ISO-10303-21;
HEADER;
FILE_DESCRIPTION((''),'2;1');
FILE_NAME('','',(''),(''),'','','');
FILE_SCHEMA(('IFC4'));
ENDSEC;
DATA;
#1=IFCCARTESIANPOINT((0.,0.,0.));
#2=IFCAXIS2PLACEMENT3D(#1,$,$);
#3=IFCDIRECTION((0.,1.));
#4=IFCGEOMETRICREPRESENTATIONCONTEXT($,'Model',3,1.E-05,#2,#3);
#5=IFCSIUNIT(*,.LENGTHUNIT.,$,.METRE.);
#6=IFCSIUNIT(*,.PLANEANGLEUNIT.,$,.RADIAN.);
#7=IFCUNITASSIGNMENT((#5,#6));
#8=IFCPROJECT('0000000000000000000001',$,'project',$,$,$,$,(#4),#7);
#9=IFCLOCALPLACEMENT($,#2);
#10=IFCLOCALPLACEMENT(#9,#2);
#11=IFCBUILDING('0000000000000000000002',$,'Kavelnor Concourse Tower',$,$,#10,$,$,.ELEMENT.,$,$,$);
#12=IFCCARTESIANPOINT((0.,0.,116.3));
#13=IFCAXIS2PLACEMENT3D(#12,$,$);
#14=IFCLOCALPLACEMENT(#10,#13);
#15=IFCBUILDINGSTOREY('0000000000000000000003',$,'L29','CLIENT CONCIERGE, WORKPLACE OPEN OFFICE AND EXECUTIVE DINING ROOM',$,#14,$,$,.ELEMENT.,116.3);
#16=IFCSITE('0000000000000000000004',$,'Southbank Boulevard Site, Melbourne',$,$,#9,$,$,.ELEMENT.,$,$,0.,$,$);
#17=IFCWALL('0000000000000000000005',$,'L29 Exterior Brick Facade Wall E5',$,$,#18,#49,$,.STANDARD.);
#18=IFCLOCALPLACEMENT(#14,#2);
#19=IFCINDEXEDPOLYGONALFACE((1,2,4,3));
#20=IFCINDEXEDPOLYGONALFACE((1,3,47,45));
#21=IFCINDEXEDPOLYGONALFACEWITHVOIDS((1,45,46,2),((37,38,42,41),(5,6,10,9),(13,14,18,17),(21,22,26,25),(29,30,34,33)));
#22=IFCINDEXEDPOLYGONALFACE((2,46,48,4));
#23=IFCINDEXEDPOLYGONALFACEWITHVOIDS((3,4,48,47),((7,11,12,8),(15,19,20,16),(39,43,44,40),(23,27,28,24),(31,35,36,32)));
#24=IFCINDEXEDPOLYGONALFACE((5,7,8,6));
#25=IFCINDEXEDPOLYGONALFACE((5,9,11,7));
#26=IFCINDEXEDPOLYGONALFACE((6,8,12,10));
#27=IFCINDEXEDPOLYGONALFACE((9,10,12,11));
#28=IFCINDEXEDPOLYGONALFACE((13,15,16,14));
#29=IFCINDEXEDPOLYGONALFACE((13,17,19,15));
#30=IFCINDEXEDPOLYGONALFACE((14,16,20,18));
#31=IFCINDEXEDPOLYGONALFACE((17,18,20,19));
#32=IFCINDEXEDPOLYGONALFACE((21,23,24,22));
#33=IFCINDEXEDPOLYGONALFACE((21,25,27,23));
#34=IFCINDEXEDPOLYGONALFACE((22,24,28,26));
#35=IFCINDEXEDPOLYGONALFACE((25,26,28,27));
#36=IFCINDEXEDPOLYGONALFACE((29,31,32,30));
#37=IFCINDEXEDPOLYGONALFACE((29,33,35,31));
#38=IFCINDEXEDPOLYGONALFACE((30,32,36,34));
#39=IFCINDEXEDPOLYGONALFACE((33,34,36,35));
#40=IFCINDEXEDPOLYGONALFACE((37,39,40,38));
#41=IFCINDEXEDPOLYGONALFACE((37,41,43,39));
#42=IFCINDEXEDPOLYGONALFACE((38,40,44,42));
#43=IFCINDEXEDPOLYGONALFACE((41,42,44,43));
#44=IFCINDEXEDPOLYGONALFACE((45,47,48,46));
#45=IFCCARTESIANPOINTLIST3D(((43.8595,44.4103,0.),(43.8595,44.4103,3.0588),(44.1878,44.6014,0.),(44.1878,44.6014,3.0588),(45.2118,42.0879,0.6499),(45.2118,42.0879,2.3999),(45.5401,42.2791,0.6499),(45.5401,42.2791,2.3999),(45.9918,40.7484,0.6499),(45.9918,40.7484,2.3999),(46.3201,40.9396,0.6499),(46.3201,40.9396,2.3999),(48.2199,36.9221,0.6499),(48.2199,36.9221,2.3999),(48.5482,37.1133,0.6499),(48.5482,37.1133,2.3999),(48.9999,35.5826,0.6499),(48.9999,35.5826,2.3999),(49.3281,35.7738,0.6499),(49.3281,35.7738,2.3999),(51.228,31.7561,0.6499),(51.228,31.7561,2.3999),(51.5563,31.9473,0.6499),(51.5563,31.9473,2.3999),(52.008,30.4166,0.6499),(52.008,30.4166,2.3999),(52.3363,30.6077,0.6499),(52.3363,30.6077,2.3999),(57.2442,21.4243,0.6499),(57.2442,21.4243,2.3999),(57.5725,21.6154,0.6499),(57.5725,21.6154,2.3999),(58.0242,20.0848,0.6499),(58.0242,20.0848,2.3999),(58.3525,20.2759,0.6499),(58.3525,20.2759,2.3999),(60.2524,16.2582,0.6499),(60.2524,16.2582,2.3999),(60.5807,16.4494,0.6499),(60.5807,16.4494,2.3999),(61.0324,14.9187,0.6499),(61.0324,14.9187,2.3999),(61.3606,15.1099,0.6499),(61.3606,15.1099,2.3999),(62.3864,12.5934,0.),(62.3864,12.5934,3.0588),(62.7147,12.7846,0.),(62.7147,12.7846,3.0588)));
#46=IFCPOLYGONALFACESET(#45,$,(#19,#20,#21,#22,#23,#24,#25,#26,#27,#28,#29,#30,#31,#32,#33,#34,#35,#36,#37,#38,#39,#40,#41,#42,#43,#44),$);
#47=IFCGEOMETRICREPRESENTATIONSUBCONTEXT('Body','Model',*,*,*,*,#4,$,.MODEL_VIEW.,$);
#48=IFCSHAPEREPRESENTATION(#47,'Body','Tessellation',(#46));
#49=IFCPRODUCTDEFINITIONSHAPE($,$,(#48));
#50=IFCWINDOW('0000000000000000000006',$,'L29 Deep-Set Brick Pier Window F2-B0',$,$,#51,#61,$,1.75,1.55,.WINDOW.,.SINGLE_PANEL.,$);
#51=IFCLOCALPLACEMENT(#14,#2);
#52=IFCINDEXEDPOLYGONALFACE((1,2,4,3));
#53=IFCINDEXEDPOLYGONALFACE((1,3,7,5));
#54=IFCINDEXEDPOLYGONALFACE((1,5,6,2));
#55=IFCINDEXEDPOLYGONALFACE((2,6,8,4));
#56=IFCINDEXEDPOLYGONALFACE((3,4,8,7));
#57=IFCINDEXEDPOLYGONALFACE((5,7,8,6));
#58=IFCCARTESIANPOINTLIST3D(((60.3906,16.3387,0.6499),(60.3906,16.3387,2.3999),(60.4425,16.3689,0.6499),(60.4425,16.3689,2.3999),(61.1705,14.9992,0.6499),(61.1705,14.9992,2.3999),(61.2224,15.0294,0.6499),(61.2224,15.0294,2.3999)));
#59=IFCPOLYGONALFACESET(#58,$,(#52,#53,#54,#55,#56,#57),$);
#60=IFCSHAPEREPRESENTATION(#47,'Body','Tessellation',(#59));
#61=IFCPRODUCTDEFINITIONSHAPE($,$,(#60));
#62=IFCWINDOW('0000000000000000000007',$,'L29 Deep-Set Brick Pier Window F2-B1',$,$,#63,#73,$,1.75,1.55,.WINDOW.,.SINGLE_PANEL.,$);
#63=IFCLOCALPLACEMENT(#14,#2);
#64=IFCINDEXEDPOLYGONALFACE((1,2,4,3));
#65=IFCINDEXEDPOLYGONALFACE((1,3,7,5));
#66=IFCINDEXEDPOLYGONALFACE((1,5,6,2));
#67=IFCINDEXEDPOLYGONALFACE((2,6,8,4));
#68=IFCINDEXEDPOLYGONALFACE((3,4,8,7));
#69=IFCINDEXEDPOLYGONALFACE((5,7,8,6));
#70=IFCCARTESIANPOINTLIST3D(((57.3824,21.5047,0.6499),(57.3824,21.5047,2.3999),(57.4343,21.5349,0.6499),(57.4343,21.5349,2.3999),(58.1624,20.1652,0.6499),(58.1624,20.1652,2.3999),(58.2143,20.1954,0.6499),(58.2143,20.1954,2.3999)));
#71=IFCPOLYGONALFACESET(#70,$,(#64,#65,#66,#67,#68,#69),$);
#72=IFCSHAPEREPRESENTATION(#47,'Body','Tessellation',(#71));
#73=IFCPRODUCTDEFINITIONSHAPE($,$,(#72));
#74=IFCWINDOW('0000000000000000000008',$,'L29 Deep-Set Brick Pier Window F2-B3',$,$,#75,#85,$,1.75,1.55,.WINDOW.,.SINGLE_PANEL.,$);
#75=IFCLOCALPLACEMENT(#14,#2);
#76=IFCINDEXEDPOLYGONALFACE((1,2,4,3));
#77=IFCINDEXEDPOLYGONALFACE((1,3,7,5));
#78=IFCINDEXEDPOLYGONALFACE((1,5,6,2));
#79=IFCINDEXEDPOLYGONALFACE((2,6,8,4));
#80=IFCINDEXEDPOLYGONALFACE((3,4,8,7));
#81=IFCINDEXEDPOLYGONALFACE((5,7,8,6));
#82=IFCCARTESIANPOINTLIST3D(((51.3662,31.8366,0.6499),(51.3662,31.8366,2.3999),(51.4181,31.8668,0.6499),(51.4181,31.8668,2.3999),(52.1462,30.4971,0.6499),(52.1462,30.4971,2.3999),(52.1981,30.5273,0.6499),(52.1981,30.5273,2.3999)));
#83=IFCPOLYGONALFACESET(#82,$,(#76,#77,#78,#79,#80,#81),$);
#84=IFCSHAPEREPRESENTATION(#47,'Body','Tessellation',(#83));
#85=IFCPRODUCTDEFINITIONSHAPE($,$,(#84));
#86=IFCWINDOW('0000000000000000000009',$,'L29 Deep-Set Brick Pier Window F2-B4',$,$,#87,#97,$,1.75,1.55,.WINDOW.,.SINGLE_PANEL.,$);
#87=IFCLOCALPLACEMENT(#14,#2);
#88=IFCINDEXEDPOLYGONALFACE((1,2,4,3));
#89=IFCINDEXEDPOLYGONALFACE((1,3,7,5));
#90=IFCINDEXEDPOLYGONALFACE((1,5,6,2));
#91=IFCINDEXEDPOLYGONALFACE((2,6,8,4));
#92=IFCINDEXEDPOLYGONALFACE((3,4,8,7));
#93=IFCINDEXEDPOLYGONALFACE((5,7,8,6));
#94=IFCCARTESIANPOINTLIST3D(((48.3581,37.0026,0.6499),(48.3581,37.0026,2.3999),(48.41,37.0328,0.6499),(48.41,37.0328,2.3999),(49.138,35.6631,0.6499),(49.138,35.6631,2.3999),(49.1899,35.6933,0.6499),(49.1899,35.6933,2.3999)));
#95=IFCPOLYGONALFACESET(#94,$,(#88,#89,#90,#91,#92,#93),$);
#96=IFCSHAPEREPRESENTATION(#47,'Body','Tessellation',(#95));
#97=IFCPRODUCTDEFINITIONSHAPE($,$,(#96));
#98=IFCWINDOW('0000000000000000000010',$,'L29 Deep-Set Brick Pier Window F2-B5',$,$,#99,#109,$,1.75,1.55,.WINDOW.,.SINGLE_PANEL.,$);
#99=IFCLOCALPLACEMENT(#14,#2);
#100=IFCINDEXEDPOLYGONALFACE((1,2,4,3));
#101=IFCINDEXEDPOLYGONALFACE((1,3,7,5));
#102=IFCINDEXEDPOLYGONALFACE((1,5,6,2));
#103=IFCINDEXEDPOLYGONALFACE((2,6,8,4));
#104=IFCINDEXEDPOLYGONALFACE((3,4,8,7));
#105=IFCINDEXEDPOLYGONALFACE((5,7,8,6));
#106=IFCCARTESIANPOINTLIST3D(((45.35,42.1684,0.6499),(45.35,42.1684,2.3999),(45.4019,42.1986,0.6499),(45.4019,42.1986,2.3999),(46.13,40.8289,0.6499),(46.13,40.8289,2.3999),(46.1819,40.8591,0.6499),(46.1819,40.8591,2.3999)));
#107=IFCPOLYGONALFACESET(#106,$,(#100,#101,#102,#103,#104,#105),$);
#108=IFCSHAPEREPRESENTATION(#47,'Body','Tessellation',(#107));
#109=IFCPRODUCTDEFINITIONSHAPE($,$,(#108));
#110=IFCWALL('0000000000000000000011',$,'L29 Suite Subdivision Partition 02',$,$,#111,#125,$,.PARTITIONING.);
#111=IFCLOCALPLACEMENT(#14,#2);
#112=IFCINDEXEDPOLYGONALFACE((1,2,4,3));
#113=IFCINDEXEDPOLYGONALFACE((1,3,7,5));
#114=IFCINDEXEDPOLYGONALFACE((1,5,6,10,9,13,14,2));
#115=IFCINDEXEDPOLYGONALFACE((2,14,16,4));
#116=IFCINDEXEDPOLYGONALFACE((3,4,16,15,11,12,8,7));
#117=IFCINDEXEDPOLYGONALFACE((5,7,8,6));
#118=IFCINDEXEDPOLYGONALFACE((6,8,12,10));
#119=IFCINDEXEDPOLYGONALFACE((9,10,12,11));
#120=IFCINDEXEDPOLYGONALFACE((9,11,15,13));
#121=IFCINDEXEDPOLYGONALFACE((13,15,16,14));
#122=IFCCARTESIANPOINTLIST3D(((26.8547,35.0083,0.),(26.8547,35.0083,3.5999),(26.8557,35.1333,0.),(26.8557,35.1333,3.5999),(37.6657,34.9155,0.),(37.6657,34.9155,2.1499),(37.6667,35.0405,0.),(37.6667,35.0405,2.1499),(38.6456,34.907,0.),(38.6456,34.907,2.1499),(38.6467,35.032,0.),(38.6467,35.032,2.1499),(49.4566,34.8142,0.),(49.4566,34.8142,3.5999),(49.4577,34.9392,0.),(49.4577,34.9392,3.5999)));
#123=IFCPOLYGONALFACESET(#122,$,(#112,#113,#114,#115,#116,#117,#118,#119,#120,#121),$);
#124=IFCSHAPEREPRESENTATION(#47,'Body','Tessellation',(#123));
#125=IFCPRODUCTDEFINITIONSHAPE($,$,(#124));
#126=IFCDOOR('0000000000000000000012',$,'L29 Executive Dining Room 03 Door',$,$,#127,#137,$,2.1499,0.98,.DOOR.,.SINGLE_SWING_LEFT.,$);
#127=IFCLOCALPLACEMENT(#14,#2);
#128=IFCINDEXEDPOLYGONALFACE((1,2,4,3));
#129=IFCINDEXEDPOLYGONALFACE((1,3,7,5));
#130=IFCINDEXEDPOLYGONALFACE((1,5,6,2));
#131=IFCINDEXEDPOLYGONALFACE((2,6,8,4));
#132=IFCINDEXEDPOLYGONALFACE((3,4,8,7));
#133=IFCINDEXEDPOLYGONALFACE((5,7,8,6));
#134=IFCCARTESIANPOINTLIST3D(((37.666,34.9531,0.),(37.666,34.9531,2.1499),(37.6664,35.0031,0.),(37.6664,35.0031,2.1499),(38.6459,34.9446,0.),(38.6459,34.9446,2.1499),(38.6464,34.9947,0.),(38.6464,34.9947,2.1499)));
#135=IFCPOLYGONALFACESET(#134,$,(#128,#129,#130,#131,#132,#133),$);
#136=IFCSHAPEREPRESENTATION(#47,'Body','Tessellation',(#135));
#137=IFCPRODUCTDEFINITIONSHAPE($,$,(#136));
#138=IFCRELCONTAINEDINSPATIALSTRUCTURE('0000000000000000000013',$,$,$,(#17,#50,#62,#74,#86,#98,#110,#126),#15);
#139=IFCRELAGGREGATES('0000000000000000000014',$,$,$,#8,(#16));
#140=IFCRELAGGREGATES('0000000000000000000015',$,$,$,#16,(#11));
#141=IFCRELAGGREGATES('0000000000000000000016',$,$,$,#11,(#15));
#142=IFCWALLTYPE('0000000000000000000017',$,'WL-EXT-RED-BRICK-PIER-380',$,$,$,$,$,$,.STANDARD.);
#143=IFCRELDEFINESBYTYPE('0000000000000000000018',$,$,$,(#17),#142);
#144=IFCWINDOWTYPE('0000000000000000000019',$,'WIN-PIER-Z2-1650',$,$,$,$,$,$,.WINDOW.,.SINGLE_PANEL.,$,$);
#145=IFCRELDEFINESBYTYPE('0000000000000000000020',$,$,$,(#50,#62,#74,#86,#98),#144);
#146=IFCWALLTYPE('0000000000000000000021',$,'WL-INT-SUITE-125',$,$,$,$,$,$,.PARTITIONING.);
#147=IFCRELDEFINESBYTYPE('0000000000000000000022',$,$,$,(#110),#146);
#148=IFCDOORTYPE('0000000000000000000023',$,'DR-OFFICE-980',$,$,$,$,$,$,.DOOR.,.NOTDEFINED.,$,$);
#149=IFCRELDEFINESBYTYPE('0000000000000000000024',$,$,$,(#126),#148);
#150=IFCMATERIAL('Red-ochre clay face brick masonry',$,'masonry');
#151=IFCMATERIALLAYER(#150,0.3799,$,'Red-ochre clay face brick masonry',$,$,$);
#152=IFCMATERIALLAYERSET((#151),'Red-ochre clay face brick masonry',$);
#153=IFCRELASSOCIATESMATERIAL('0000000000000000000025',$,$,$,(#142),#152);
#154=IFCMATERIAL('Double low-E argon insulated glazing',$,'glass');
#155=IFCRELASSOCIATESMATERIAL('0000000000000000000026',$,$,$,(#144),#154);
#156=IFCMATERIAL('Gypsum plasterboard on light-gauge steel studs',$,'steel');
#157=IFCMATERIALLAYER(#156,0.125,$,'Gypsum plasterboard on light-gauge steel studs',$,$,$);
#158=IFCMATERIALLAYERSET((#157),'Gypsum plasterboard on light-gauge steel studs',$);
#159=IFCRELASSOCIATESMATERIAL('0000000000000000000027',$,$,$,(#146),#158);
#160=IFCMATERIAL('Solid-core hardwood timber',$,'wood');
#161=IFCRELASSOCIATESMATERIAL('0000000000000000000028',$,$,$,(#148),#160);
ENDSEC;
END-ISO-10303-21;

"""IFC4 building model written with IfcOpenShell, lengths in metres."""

from ifc_helpers import new_model, si_unit, direction, frame, frame_2d, origin, place, context, subcontext, project, spatial, rectangle, extrude, material, layer, layer_set, type_object, element, fill, save


model = new_model("IFC4")

# Units and contexts
model_context = context("Model", 3, precision=1e-05, world=origin(), true_north=direction((0.0, 1.0)))
body_context = subcontext(model_context, "Body", "Model", "MODEL_VIEW")
ifc_project = project(units=[si_unit("LENGTHUNIT", "METRE"), si_unit("PLANEANGLEUNIT", "RADIAN")], contexts=[model_context])

# Site, building, storey
site_placement = place(None, origin())
site = spatial("IfcSite", under=ifc_project, at=site_placement, Name="Southbank Boulevard Site, Melbourne", CompositionType="ELEMENT", RefElevation=0.0)
building_placement = place(site_placement, origin())
building = spatial("IfcBuilding", under=site, at=building_placement, Name="Kavelnor Concourse Tower", CompositionType="ELEMENT")
storey_placement = place(building_placement, frame((0.0, 0.0, 116.3)))
storey = spatial("IfcBuildingStorey", under=building, at=storey_placement, Name="L29", Description="CLIENT CONCIERGE, WORKPLACE OPEN OFFICE AND EXECUTIVE DINING ROOM", CompositionType="ELEMENT", Elevation=116.3)

# Wall, openings, windows
ifc_material_1 = material(Name="Red-ochre clay face brick masonry", Category="masonry")
ifc_layer_1 = layer(ifc_material_1, 0.3799, Name="Red-ochre clay face brick masonry")
ifc_layer_set_1 = layer_set([ifc_layer_1], Name="Red-ochre clay face brick masonry")
wall_type_1 = type_object("IfcWallType", Name="WL-EXT-RED-BRICK-PIER-380", PredefinedType="STANDARD", material=ifc_layer_set_1)
wall_1_placement = place(storey_placement, frame((44.0237, 44.5059, 0.0), z_axis=(0.0, 0.0, 1.0), x_axis=(0.503202, -0.864169, 0.0)))
wall_1 = element("IfcWall", 1, at=wall_1_placement, inside=storey, type_object=wall_type_1, Name="L29 Exterior Brick Facade Wall E5", PredefinedType="STANDARD", context=body_context, shape_type="SweptSolid", body=[
    extrude(rectangle(XDim=36.8179, YDim=0.3799, at=frame_2d((18.4089, 0.0))), origin(), (0.0, 0.0, 1.0), 3.0588),
])
opening_1_placement = place(wall_1_placement, frame((32.5771, 0.0, 0.6499)))
opening_1 = element("IfcOpeningElement", 2, at=opening_1_placement, cuts=wall_1, PredefinedType="OPENING", context=body_context, shape_type="SweptSolid", body=[
    extrude(rectangle(XDim=1.55, YDim=1.75, at=frame_2d((0.7749, 0.875))), frame((0.0, 0.2, 0.0), z_axis=(0.0, -1.0, 0.0), x_axis=(1.0, 0.0, 0.0)), (0.0, 0.0, 1.0), 0.3999),
])
opening_2_placement = place(wall_1_placement, frame((26.5991, 0.0, 0.6499)))
opening_2 = element("IfcOpeningElement", 3, at=opening_2_placement, cuts=wall_1, PredefinedType="OPENING", context=body_context, shape_type="SweptSolid", body=[
    extrude(rectangle(XDim=1.55, YDim=1.75, at=frame_2d((0.7749, 0.875))), frame((0.0, 0.2, 0.0), z_axis=(0.0, -1.0, 0.0), x_axis=(1.0, 0.0, 0.0)), (0.0, 0.0, 1.0), 0.3999),
])
opening_3_placement = place(wall_1_placement, frame((14.6433, 0.0, 0.6499)))
opening_3 = element("IfcOpeningElement", 4, at=opening_3_placement, cuts=wall_1, PredefinedType="OPENING", context=body_context, shape_type="SweptSolid", body=[
    extrude(rectangle(XDim=1.55, YDim=1.75, at=frame_2d((0.7749, 0.875))), frame((0.0, 0.2, 0.0), z_axis=(0.0, -1.0, 0.0), x_axis=(1.0, 0.0, 0.0)), (0.0, 0.0, 1.0), 0.3999),
])
opening_4_placement = place(wall_1_placement, frame((8.6653, 0.0, 0.6499)))
opening_4 = element("IfcOpeningElement", 5, at=opening_4_placement, cuts=wall_1, PredefinedType="OPENING", context=body_context, shape_type="SweptSolid", body=[
    extrude(rectangle(XDim=1.55, YDim=1.75, at=frame_2d((0.7749, 0.875))), frame((0.0, 0.2, 0.0), z_axis=(0.0, -1.0, 0.0), x_axis=(1.0, 0.0, 0.0)), (0.0, 0.0, 1.0), 0.3999),
])
opening_5_placement = place(wall_1_placement, frame((2.6875, 0.0, 0.6499)))
opening_5 = element("IfcOpeningElement", 6, at=opening_5_placement, cuts=wall_1, PredefinedType="OPENING", context=body_context, shape_type="SweptSolid", body=[
    extrude(rectangle(XDim=1.55, YDim=1.75, at=frame_2d((0.7749, 0.875))), frame((0.0, 0.2, 0.0), z_axis=(0.0, -1.0, 0.0), x_axis=(1.0, 0.0, 0.0)), (0.0, 0.0, 1.0), 0.3999),
])
ifc_material_2 = material(Name="Double low-E argon insulated glazing", Category="glass")
window_type = type_object("IfcWindowType", Name="WIN-PIER-Z2-1650", PartitioningType="SINGLE_PANEL", PredefinedType="WINDOW", material=ifc_material_2)
window_1_placement = place(opening_1_placement, origin())
window_1 = element("IfcWindow", 7, at=window_1_placement, inside=storey, type_object=window_type, Name="L29 Deep-Set Brick Pier Window F2-B0", OverallHeight=1.75, OverallWidth=1.55, PartitioningType="SINGLE_PANEL", PredefinedType="WINDOW", context=body_context, shape_type="SweptSolid", body=[
    extrude(rectangle(XDim=1.55, YDim=1.75, at=frame_2d((0.7749, 0.875))), frame((0.0, 0.03, 0.0), z_axis=(0.0, -1.0, 0.0), x_axis=(1.0, 0.0, 0.0)), (0.0, 0.0, 1.0), 0.0601),
])
fill(opening_1, window_1)
window_2_placement = place(opening_2_placement, origin())
window_2 = element("IfcWindow", 8, at=window_2_placement, inside=storey, type_object=window_type, Name="L29 Deep-Set Brick Pier Window F2-B1", OverallHeight=1.75, OverallWidth=1.55, PartitioningType="SINGLE_PANEL", PredefinedType="WINDOW", context=body_context, shape_type="SweptSolid", body=[
    extrude(rectangle(XDim=1.55, YDim=1.75, at=frame_2d((0.7749, 0.875))), frame((0.0, 0.03, 0.0), z_axis=(0.0, -1.0, 0.0), x_axis=(1.0, 0.0, 0.0)), (0.0, 0.0, 1.0), 0.0601),
])
fill(opening_2, window_2)
window_3_placement = place(opening_3_placement, origin())
window_3 = element("IfcWindow", 9, at=window_3_placement, inside=storey, type_object=window_type, Name="L29 Deep-Set Brick Pier Window F2-B3", OverallHeight=1.75, OverallWidth=1.55, PartitioningType="SINGLE_PANEL", PredefinedType="WINDOW", context=body_context, shape_type="SweptSolid", body=[
    extrude(rectangle(XDim=1.55, YDim=1.75, at=frame_2d((0.7749, 0.875))), frame((0.0, 0.03, 0.0), z_axis=(0.0, -1.0, 0.0), x_axis=(1.0, 0.0, 0.0)), (0.0, 0.0, 1.0), 0.0601),
])
fill(opening_3, window_3)
window_4_placement = place(opening_4_placement, origin())
window_4 = element("IfcWindow", 10, at=window_4_placement, inside=storey, type_object=window_type, Name="L29 Deep-Set Brick Pier Window F2-B4", OverallHeight=1.75, OverallWidth=1.55, PartitioningType="SINGLE_PANEL", PredefinedType="WINDOW", context=body_context, shape_type="SweptSolid", body=[
    extrude(rectangle(XDim=1.55, YDim=1.75, at=frame_2d((0.7749, 0.875))), frame((0.0, 0.03, 0.0), z_axis=(0.0, -1.0, 0.0), x_axis=(1.0, 0.0, 0.0)), (0.0, 0.0, 1.0), 0.0601),
])
fill(opening_4, window_4)
window_5_placement = place(opening_5_placement, origin())
window_5 = element("IfcWindow", 11, at=window_5_placement, inside=storey, type_object=window_type, Name="L29 Deep-Set Brick Pier Window F2-B5", OverallHeight=1.75, OverallWidth=1.55, PartitioningType="SINGLE_PANEL", PredefinedType="WINDOW", context=body_context, shape_type="SweptSolid", body=[
    extrude(rectangle(XDim=1.55, YDim=1.75, at=frame_2d((0.7749, 0.875))), frame((0.0, 0.03, 0.0), z_axis=(0.0, -1.0, 0.0), x_axis=(1.0, 0.0, 0.0)), (0.0, 0.0, 1.0), 0.0601),
])
fill(opening_5, window_5)

# Wall, opening, door
ifc_material_3 = material(Name="Gypsum plasterboard on light-gauge steel studs", Category="steel")
ifc_layer_2 = layer(ifc_material_3, 0.125, Name="Gypsum plasterboard on light-gauge steel studs")
ifc_layer_set_2 = layer_set([ifc_layer_2], Name="Gypsum plasterboard on light-gauge steel studs")
wall_type_2 = type_object("IfcWallType", Name="WL-INT-SUITE-125", PredefinedType="PARTITIONING", material=ifc_layer_set_2)
wall_2_placement = place(storey_placement, frame((49.457, 34.8767, 0.0), z_axis=(0.0, 0.0, 1.0), x_axis=(-0.999963, 0.008587, 0.0)))
wall_2 = element("IfcWall", 12, at=wall_2_placement, inside=storey, type_object=wall_type_2, Name="L29 Suite Subdivision Partition 02", PredefinedType="PARTITIONING", context=body_context, shape_type="SweptSolid", body=[
    extrude(rectangle(XDim=22.6028, YDim=0.125, at=frame_2d((11.3013, 0.0))), origin(), (0.0, 0.0, 1.0), 3.5999),
])
opening_6_placement = place(wall_2_placement, frame((10.8113, 0.0, 0.0)))
opening_6 = element("IfcOpeningElement", 13, at=opening_6_placement, cuts=wall_2, PredefinedType="OPENING", context=body_context, shape_type="SweptSolid", body=[
    extrude(rectangle(XDim=0.98, YDim=2.1499, at=frame_2d((0.49, 1.075))), frame((0.0, 0.0725, 0.0), z_axis=(0.0, -1.0, 0.0), x_axis=(1.0, 0.0, 0.0)), (0.0, 0.0, 1.0), 0.145),
])
ifc_material_4 = material(Name="Solid-core hardwood timber", Category="wood")
door_type = type_object("IfcDoorType", Name="DR-OFFICE-980", OperationType="NOTDEFINED", PredefinedType="DOOR", material=ifc_material_4)
door_placement = place(opening_6_placement, origin())
door = element("IfcDoor", 14, at=door_placement, inside=storey, type_object=door_type, Name="L29 Executive Dining Room 03 Door", OperationType="SINGLE_SWING_LEFT", OverallHeight=2.1499, OverallWidth=0.98, PredefinedType="DOOR", context=body_context, shape_type="SweptSolid", body=[
    extrude(rectangle(XDim=0.98, YDim=2.1499, at=frame_2d((0.49, 1.075))), frame((0.0, 0.0249, 0.0), z_axis=(0.0, -1.0, 0.0), x_axis=(1.0, 0.0, 0.0)), (0.0, 0.0, 1.0), 0.05),
])
fill(opening_6, door)

save(model, "model.ifc")
